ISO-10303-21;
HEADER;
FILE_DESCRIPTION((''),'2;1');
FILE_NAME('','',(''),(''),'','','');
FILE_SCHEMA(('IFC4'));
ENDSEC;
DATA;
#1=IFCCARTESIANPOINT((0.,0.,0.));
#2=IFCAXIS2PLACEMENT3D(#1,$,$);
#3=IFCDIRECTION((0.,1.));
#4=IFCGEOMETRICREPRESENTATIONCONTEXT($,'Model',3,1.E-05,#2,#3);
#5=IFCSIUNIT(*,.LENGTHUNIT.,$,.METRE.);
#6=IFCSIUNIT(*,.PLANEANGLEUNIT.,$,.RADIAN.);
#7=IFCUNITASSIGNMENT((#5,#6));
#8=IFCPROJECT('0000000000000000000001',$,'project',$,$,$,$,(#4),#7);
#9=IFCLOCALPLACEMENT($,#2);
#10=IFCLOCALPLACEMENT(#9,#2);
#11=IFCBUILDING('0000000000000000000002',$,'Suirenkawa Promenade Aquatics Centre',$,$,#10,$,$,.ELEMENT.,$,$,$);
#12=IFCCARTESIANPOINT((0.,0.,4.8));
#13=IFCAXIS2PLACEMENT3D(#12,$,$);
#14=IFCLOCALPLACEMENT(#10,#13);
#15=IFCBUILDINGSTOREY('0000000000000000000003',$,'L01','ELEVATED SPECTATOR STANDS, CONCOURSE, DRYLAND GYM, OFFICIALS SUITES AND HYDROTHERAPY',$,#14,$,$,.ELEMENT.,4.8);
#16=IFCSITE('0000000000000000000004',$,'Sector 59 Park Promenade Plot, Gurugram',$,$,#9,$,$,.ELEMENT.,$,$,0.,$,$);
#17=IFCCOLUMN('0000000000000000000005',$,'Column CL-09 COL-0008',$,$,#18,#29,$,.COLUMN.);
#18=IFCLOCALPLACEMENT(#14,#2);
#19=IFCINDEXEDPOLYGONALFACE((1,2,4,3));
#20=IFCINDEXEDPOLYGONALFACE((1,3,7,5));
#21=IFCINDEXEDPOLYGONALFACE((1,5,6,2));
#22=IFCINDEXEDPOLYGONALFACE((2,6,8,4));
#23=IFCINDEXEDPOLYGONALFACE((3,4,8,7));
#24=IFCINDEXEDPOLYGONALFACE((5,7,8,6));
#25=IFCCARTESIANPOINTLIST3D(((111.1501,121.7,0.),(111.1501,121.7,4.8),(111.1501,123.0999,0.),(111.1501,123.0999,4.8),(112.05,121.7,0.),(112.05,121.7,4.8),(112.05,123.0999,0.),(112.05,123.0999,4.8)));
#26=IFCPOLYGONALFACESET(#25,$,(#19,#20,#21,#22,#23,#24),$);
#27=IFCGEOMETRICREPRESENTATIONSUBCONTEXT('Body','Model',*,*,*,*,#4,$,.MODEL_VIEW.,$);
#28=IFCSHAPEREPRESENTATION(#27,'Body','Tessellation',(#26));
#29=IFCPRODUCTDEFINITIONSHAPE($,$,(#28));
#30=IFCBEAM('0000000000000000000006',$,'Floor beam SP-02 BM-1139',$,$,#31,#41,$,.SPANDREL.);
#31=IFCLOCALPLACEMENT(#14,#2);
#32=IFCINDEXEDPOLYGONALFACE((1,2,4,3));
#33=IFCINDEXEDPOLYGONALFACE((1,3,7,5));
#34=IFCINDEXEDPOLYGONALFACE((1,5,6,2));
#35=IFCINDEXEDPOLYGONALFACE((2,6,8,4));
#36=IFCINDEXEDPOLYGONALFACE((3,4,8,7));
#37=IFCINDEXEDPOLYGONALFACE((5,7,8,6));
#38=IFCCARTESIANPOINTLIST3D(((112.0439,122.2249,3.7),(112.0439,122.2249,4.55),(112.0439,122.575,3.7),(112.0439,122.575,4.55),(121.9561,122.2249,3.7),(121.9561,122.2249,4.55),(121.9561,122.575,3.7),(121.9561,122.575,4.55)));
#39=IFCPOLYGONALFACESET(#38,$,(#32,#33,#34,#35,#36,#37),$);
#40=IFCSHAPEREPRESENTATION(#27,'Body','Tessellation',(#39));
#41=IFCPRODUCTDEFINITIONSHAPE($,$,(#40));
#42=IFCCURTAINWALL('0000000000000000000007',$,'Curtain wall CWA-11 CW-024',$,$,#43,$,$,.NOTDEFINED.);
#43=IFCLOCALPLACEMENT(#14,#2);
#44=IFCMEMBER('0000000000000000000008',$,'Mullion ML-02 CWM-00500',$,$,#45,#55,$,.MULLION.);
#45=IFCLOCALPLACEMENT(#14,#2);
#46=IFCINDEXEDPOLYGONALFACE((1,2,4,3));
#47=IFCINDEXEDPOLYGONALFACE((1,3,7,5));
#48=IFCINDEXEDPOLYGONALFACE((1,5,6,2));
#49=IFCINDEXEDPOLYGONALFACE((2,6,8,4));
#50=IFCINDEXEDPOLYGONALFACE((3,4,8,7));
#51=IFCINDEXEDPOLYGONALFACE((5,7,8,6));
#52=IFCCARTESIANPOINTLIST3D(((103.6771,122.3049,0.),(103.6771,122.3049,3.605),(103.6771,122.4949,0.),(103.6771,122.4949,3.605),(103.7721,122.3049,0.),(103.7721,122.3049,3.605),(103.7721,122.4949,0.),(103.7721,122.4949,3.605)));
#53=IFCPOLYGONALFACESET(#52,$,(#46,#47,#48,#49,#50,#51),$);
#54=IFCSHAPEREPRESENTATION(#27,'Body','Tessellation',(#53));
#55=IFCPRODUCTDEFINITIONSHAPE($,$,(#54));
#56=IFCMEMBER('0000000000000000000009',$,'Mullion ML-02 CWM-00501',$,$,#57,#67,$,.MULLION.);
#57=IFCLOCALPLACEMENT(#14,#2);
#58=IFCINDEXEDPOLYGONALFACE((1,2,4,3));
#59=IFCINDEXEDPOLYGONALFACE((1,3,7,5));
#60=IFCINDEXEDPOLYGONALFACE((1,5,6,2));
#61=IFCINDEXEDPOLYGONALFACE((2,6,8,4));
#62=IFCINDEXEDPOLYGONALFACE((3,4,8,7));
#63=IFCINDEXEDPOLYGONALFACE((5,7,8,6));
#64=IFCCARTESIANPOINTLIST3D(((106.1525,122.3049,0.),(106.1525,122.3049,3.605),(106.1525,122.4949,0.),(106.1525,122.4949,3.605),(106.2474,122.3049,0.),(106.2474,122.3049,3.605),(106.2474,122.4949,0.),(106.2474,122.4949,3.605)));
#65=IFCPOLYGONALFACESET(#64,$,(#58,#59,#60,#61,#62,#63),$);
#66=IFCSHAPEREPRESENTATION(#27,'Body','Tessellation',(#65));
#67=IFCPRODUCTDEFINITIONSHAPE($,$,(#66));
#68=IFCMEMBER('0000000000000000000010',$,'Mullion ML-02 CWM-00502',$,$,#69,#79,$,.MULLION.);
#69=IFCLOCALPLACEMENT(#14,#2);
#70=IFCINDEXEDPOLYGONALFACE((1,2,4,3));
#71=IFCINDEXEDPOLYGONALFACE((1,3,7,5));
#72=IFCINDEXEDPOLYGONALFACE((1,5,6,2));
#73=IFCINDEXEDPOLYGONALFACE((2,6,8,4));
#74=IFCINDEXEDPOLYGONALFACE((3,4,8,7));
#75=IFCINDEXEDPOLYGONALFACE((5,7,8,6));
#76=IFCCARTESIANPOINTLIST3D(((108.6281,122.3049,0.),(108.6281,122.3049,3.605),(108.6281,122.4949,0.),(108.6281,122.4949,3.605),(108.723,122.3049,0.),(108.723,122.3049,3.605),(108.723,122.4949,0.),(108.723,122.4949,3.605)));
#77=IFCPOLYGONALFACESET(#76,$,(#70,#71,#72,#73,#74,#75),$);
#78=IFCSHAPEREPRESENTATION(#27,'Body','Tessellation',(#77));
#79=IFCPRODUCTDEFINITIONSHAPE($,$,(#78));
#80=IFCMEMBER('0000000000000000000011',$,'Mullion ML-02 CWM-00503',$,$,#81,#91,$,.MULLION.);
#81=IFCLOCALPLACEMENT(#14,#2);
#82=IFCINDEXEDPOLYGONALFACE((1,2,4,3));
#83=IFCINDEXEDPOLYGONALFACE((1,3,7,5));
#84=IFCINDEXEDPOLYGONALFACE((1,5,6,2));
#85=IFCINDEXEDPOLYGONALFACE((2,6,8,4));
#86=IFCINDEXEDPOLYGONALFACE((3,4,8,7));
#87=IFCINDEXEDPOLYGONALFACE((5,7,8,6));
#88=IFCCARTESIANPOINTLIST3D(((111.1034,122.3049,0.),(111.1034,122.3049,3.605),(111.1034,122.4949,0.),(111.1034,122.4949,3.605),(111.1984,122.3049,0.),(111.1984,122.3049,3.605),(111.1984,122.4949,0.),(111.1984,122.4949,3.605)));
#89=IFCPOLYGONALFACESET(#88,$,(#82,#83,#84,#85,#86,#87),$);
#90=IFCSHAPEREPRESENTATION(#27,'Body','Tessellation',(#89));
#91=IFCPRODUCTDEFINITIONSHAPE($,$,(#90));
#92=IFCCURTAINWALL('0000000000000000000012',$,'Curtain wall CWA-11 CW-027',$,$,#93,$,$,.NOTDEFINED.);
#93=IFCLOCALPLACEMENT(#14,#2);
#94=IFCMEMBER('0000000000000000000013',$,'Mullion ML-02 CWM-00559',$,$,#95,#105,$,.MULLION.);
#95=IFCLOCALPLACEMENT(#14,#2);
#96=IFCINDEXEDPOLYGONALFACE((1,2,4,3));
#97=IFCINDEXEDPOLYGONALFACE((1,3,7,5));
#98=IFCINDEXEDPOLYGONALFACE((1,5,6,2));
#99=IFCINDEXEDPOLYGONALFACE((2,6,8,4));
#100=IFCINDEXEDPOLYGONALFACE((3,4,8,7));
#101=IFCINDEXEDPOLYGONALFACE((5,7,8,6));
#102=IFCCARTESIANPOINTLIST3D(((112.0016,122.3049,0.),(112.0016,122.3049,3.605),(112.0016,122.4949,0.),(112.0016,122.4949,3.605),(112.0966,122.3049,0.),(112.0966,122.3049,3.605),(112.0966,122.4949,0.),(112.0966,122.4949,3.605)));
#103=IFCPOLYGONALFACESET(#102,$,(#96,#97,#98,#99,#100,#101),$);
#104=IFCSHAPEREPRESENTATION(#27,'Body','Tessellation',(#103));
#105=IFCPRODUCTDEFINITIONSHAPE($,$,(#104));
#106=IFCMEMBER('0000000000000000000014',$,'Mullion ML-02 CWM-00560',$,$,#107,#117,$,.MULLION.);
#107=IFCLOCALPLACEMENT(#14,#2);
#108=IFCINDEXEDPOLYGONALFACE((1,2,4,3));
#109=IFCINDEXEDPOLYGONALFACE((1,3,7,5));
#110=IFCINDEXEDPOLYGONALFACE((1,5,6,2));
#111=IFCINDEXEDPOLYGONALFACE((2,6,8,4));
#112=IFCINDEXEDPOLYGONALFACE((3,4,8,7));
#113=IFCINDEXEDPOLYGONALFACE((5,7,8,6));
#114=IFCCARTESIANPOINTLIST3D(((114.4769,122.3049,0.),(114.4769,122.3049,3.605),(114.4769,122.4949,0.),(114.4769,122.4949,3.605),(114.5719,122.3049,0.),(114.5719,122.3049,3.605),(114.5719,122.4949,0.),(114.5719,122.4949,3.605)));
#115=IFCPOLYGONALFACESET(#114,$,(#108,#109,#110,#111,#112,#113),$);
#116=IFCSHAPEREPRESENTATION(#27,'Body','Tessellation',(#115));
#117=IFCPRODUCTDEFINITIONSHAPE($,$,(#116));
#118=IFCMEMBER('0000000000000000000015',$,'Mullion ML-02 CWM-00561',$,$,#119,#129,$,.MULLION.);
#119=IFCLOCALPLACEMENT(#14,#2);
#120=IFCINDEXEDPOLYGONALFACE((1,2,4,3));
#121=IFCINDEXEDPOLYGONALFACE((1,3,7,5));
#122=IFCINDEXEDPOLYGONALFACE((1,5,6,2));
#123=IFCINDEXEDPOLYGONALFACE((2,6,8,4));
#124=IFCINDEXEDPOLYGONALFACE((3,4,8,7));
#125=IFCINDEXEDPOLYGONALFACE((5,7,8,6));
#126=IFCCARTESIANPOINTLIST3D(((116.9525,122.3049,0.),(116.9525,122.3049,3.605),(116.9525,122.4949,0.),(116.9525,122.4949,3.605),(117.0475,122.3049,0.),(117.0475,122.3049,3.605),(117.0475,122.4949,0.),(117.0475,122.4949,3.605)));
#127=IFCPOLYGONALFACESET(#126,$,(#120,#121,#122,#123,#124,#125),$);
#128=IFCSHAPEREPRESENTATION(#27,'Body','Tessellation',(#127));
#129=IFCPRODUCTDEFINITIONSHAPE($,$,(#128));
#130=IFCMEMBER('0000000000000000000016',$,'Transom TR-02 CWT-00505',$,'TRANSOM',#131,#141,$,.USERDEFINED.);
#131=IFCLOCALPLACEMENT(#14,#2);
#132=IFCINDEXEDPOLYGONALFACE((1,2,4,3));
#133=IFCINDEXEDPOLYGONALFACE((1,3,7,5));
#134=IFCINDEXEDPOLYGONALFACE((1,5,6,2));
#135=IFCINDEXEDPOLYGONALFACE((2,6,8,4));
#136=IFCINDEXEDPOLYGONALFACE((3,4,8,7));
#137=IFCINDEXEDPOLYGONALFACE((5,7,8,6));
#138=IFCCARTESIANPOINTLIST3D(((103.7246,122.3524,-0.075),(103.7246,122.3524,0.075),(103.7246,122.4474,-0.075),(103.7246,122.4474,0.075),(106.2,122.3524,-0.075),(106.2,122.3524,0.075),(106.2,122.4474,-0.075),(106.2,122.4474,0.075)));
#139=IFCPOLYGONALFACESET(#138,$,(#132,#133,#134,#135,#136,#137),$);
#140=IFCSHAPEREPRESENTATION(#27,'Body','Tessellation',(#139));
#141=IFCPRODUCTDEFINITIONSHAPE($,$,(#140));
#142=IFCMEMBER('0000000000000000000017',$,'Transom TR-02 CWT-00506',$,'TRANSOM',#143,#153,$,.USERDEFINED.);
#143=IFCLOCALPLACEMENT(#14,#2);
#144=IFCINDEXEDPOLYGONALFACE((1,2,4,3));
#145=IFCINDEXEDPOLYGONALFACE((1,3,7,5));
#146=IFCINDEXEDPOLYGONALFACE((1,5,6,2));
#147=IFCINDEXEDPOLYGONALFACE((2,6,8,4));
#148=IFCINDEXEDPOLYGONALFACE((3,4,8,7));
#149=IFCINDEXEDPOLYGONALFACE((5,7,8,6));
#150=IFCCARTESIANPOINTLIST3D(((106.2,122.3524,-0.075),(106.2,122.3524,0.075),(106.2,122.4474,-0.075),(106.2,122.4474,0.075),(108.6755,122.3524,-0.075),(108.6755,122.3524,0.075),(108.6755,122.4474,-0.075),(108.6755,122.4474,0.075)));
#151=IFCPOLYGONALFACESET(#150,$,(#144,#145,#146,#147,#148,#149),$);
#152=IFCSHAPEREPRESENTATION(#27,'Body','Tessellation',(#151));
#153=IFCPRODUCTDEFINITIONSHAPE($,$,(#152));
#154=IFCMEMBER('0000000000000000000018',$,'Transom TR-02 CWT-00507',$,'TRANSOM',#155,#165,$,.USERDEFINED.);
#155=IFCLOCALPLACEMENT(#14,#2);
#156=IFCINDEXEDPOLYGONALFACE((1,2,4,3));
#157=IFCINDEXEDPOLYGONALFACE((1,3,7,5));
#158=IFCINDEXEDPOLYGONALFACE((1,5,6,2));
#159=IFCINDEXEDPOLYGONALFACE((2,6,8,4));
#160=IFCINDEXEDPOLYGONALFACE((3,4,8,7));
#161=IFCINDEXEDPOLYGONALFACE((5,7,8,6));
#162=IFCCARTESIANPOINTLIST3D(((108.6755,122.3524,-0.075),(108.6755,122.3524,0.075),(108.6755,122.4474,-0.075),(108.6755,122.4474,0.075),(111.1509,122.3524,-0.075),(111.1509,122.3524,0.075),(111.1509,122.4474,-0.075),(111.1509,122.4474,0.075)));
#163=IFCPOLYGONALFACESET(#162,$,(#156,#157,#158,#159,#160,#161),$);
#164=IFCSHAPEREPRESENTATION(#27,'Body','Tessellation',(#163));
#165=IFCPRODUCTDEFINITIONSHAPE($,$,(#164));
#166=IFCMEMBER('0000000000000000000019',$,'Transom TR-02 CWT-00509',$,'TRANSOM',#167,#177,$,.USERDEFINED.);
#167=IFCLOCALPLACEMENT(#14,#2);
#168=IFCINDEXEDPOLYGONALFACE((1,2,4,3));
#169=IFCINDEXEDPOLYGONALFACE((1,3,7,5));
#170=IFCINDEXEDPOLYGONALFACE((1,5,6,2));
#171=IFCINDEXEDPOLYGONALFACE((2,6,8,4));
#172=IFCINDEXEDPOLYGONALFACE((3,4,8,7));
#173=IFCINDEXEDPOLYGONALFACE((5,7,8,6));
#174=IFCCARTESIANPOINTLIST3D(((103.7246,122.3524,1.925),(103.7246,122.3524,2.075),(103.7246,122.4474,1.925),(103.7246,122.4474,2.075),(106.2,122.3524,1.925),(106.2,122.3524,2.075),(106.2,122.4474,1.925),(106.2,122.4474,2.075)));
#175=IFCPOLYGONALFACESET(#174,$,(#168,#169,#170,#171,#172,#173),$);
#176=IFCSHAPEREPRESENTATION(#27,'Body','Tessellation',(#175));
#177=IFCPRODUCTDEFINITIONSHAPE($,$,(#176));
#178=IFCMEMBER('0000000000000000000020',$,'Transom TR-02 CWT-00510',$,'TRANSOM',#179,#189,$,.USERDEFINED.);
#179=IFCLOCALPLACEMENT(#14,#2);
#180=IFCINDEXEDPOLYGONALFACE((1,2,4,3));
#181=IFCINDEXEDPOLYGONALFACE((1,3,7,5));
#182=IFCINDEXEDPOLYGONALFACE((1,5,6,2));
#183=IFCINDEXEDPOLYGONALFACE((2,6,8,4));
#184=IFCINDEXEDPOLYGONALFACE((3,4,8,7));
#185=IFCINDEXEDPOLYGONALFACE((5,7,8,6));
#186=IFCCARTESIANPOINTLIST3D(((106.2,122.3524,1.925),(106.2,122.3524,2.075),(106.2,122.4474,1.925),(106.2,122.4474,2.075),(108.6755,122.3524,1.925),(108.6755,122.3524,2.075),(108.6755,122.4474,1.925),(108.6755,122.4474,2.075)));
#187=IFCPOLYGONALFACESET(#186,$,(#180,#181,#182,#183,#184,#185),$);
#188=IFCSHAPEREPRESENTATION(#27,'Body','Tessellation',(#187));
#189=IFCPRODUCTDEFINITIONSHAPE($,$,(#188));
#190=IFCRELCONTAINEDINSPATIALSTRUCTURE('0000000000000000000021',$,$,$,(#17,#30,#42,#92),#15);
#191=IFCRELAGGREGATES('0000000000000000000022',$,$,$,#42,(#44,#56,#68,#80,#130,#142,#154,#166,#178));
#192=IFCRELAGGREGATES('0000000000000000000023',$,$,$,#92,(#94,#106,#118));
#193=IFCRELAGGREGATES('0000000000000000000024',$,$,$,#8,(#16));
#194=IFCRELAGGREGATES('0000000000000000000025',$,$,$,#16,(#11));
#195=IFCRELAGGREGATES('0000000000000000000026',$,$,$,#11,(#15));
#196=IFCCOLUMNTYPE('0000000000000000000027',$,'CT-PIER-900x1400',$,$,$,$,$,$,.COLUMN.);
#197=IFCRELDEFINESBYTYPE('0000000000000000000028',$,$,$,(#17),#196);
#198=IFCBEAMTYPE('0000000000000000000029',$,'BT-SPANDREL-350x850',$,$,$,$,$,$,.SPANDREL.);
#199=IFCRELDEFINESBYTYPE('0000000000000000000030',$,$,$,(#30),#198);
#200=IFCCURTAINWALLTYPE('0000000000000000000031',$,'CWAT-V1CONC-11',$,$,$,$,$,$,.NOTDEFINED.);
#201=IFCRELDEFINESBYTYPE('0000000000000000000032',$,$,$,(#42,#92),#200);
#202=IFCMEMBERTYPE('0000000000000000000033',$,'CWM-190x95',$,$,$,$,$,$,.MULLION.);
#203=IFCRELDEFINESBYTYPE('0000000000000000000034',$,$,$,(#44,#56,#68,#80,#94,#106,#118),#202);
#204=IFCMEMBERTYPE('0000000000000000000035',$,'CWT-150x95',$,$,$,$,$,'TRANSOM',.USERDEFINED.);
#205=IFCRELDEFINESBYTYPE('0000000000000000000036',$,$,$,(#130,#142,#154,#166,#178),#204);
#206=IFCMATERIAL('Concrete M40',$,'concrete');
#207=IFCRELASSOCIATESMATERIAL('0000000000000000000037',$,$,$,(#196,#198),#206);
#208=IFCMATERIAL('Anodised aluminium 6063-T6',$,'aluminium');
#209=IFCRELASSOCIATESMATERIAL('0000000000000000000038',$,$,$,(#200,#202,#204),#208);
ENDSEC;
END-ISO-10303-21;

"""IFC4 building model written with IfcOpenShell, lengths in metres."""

from ifc_helpers import new_model, si_unit, direction, frame, origin, origin_2d, place, context, subcontext, project, spatial, rectangle, extrude, material, material_profile, profile_set, type_object, element, aggregate, save


model = new_model("IFC4")

# Units and contexts
model_context = context("Model", 3, precision=1e-05, world=origin(), true_north=direction((0.0, 1.0)))
body_context = subcontext(model_context, "Body", "Model", "MODEL_VIEW")
ifc_project = project(units=[si_unit("LENGTHUNIT", "METRE"), si_unit("PLANEANGLEUNIT", "RADIAN")], contexts=[model_context])

# Site, building, storey
site_placement = place(None, origin())
site = spatial("IfcSite", under=ifc_project, at=site_placement, Name="Sector 59 Park Promenade Plot, Gurugram", CompositionType="ELEMENT", RefElevation=0.0)
building_placement = place(site_placement, origin())
building = spatial("IfcBuilding", under=site, at=building_placement, Name="Suirenkawa Promenade Aquatics Centre", CompositionType="ELEMENT")
storey_placement = place(building_placement, frame((0.0, 0.0, 4.8)))
storey = spatial("IfcBuildingStorey", under=building, at=storey_placement, Name="L01", Description="ELEVATED SPECTATOR STANDS, CONCOURSE, DRYLAND GYM, OFFICIALS SUITES AND HYDROTHERAPY", CompositionType="ELEMENT", Elevation=4.8)

# Column
ifc_material_1 = material(Name="Concrete M40", Category="concrete")
ifc_material_profile_1 = material_profile(ifc_material_1, rectangle(XDim=0.8999, YDim=1.3999, at=origin_2d()), Name="RC PIER 900x1400", Category="concrete")
ifc_profile_set_1 = profile_set([ifc_material_profile_1], Name="Concrete M40")
column_type = type_object("IfcColumnType", Name="CT-PIER-900x1400", PredefinedType="COLUMN", material=ifc_profile_set_1)
column_placement = place(storey_placement, frame((111.6001, 122.3999, 0.0), z_axis=(0.0, 0.0, 1.0), x_axis=(1.0, 0.0, 0.0)))
element("IfcColumn", 1, at=column_placement, inside=storey, type_object=column_type, Name="Column CL-09 COL-0008", PredefinedType="COLUMN", context=body_context, shape_type="SweptSolid", body=[
    extrude(rectangle(XDim=0.8999, YDim=1.3999, at=origin_2d()), origin(), (0.0, 0.0, 1.0), 4.8),
])

# Beam
ifc_material_profile_2 = material_profile(ifc_material_1, rectangle(XDim=0.3501, YDim=0.8501, at=origin_2d()), Name="RC SPANDREL 350x850", Category="concrete")
ifc_profile_set_2 = profile_set([ifc_material_profile_2], Name="Concrete M40")
beam_type = type_object("IfcBeamType", Name="BT-SPANDREL-350x850", PredefinedType="SPANDREL", material=ifc_profile_set_2)
beam_placement = place(storey_placement, frame((112.0439, 122.3999, 4.125), z_axis=(1.0, 0.0, 0.0), x_axis=(0.0, 1.0, 0.0)))
element("IfcBeam", 2, at=beam_placement, inside=storey, type_object=beam_type, Name="Floor beam SP-02 BM-1139", PredefinedType="SPANDREL", context=body_context, shape_type="SweptSolid", body=[
    extrude(rectangle(XDim=0.3501, YDim=0.8501, at=origin_2d()), origin(), (0.0, 0.0, 1.0), 9.9121),
])

# Curtain walls, members
ifc_material_2 = material(Name="Anodised aluminium 6063-T6", Category="aluminium")
curtain_wall_type = type_object("IfcCurtainWallType", Name="CWAT-V1CONC-11", PredefinedType="NOTDEFINED", material=ifc_material_2)
curtain_wall_1_placement = place(storey_placement, origin())
curtain_wall_1 = element("IfcCurtainWall", 3, at=curtain_wall_1_placement, inside=storey, type_object=curtain_wall_type, Name="Curtain wall CWA-11 CW-024", PredefinedType="NOTDEFINED")
ifc_material_profile_3 = material_profile(ifc_material_2, rectangle(XDim=0.095, YDim=0.1899, at=origin_2d()), Name="ALU MULL 95x190", Category="aluminium")
ifc_profile_set_3 = profile_set([ifc_material_profile_3], Name="Anodised aluminium 6063-T6")
member_type_1 = type_object("IfcMemberType", Name="CWM-190x95", PredefinedType="MULLION", material=ifc_profile_set_3)
member_1_placement = place(storey_placement, frame((103.7246, 122.3999, 0.0), z_axis=(0.0, 0.0, 1.0), x_axis=(1.0, 0.0, 0.0)))
member_1 = element("IfcMember", 4, at=member_1_placement, type_object=member_type_1, Name="Mullion ML-02 CWM-00500", PredefinedType="MULLION", context=body_context, shape_type="SweptSolid", body=[
    extrude(rectangle(XDim=0.095, YDim=0.1899, at=origin_2d()), origin(), (0.0, 0.0, 1.0), 3.605),
])
member_2_placement = place(storey_placement, frame((106.2, 122.3999, 0.0), z_axis=(0.0, 0.0, 1.0), x_axis=(1.0, 0.0, 0.0)))
member_2 = element("IfcMember", 5, at=member_2_placement, type_object=member_type_1, Name="Mullion ML-02 CWM-00501", PredefinedType="MULLION", context=body_context, shape_type="SweptSolid", body=[
    extrude(rectangle(XDim=0.095, YDim=0.1899, at=origin_2d()), origin(), (0.0, 0.0, 1.0), 3.605),
])
member_3_placement = place(storey_placement, frame((108.6755, 122.3999, 0.0), z_axis=(0.0, 0.0, 1.0), x_axis=(1.0, 0.0, 0.0)))
member_3 = element("IfcMember", 6, at=member_3_placement, type_object=member_type_1, Name="Mullion ML-02 CWM-00502", PredefinedType="MULLION", context=body_context, shape_type="SweptSolid", body=[
    extrude(rectangle(XDim=0.095, YDim=0.1899, at=origin_2d()), origin(), (0.0, 0.0, 1.0), 3.605),
])
member_4_placement = place(storey_placement, frame((111.1509, 122.3999, 0.0), z_axis=(0.0, 0.0, 1.0), x_axis=(1.0, 0.0, 0.0)))
member_4 = element("IfcMember", 7, at=member_4_placement, type_object=member_type_1, Name="Mullion ML-02 CWM-00503", PredefinedType="MULLION", context=body_context, shape_type="SweptSolid", body=[
    extrude(rectangle(XDim=0.095, YDim=0.1899, at=origin_2d()), origin(), (0.0, 0.0, 1.0), 3.605),
])
curtain_wall_2_placement = place(storey_placement, origin())
curtain_wall_2 = element("IfcCurtainWall", 8, at=curtain_wall_2_placement, inside=storey, type_object=curtain_wall_type, Name="Curtain wall CWA-11 CW-027", PredefinedType="NOTDEFINED")
member_5_placement = place(storey_placement, frame((112.0491, 122.3999, 0.0), z_axis=(0.0, 0.0, 1.0), x_axis=(1.0, 0.0, 0.0)))
member_5 = element("IfcMember", 9, at=member_5_placement, type_object=member_type_1, Name="Mullion ML-02 CWM-00559", PredefinedType="MULLION", context=body_context, shape_type="SweptSolid", body=[
    extrude(rectangle(XDim=0.095, YDim=0.1899, at=origin_2d()), origin(), (0.0, 0.0, 1.0), 3.605),
])
member_6_placement = place(storey_placement, frame((114.5244, 122.3999, 0.0), z_axis=(0.0, 0.0, 1.0), x_axis=(1.0, 0.0, 0.0)))
member_6 = element("IfcMember", 10, at=member_6_placement, type_object=member_type_1, Name="Mullion ML-02 CWM-00560", PredefinedType="MULLION", context=body_context, shape_type="SweptSolid", body=[
    extrude(rectangle(XDim=0.095, YDim=0.1899, at=origin_2d()), origin(), (0.0, 0.0, 1.0), 3.605),
])
member_7_placement = place(storey_placement, frame((117.0, 122.3999, 0.0), z_axis=(0.0, 0.0, 1.0), x_axis=(1.0, 0.0, 0.0)))
member_7 = element("IfcMember", 11, at=member_7_placement, type_object=member_type_1, Name="Mullion ML-02 CWM-00561", PredefinedType="MULLION", context=body_context, shape_type="SweptSolid", body=[
    extrude(rectangle(XDim=0.095, YDim=0.1899, at=origin_2d()), origin(), (0.0, 0.0, 1.0), 3.605),
])

# Members
ifc_material_profile_4 = material_profile(ifc_material_2, rectangle(XDim=0.095, YDim=0.1499, at=origin_2d()), Name="ALU TRAN 95x150", Category="aluminium")
ifc_profile_set_4 = profile_set([ifc_material_profile_4], Name="Anodised aluminium 6063-T6")
member_type_2 = type_object("IfcMemberType", Name="CWT-150x95", ElementType="TRANSOM", PredefinedType="USERDEFINED", material=ifc_profile_set_4)
member_8_placement = place(storey_placement, frame((103.7246, 122.3999, 0.0), z_axis=(1.0, 0.0, 0.0), x_axis=(0.0, 1.0, 0.0)))
member_8 = element("IfcMember", 12, at=member_8_placement, type_object=member_type_2, Name="Transom TR-02 CWT-00505", ObjectType="TRANSOM", PredefinedType="USERDEFINED", context=body_context, shape_type="SweptSolid", body=[
    extrude(rectangle(XDim=0.095, YDim=0.1499, at=origin_2d()), origin(), (0.0, 0.0, 1.0), 2.4753),
])
member_9_placement = place(storey_placement, frame((106.2, 122.3999, 0.0), z_axis=(1.0, 0.0, 0.0), x_axis=(0.0, 1.0, 0.0)))
member_9 = element("IfcMember", 13, at=member_9_placement, type_object=member_type_2, Name="Transom TR-02 CWT-00506", ObjectType="TRANSOM", PredefinedType="USERDEFINED", context=body_context, shape_type="SweptSolid", body=[
    extrude(rectangle(XDim=0.095, YDim=0.1499, at=origin_2d()), origin(), (0.0, 0.0, 1.0), 2.4756),
])
member_10_placement = place(storey_placement, frame((108.6755, 122.3999, 0.0), z_axis=(1.0, 0.0, 0.0), x_axis=(0.0, 1.0, 0.0)))
member_10 = element("IfcMember", 14, at=member_10_placement, type_object=member_type_2, Name="Transom TR-02 CWT-00507", ObjectType="TRANSOM", PredefinedType="USERDEFINED", context=body_context, shape_type="SweptSolid", body=[
    extrude(rectangle(XDim=0.095, YDim=0.1499, at=origin_2d()), origin(), (0.0, 0.0, 1.0), 2.4753),
])
member_11_placement = place(storey_placement, frame((103.7246, 122.3999, 2.0), z_axis=(1.0, 0.0, 0.0), x_axis=(0.0, 1.0, 0.0)))
member_11 = element("IfcMember", 15, at=member_11_placement, type_object=member_type_2, Name="Transom TR-02 CWT-00509", ObjectType="TRANSOM", PredefinedType="USERDEFINED", context=body_context, shape_type="SweptSolid", body=[
    extrude(rectangle(XDim=0.095, YDim=0.1499, at=origin_2d()), origin(), (0.0, 0.0, 1.0), 2.4753),
])
member_12_placement = place(storey_placement, frame((106.2, 122.3999, 2.0), z_axis=(1.0, 0.0, 0.0), x_axis=(0.0, 1.0, 0.0)))
member_12 = element("IfcMember", 16, at=member_12_placement, type_object=member_type_2, Name="Transom TR-02 CWT-00510", ObjectType="TRANSOM", PredefinedType="USERDEFINED", context=body_context, shape_type="SweptSolid", body=[
    extrude(rectangle(XDim=0.095, YDim=0.1499, at=origin_2d()), origin(), (0.0, 0.0, 1.0), 2.4756),
])

aggregate(curtain_wall_1, [member_1, member_2, member_3, member_4, member_8, member_9, member_10, member_11, member_12])
aggregate(curtain_wall_2, [member_5, member_6, member_7])

save(model, "model.ifc")
